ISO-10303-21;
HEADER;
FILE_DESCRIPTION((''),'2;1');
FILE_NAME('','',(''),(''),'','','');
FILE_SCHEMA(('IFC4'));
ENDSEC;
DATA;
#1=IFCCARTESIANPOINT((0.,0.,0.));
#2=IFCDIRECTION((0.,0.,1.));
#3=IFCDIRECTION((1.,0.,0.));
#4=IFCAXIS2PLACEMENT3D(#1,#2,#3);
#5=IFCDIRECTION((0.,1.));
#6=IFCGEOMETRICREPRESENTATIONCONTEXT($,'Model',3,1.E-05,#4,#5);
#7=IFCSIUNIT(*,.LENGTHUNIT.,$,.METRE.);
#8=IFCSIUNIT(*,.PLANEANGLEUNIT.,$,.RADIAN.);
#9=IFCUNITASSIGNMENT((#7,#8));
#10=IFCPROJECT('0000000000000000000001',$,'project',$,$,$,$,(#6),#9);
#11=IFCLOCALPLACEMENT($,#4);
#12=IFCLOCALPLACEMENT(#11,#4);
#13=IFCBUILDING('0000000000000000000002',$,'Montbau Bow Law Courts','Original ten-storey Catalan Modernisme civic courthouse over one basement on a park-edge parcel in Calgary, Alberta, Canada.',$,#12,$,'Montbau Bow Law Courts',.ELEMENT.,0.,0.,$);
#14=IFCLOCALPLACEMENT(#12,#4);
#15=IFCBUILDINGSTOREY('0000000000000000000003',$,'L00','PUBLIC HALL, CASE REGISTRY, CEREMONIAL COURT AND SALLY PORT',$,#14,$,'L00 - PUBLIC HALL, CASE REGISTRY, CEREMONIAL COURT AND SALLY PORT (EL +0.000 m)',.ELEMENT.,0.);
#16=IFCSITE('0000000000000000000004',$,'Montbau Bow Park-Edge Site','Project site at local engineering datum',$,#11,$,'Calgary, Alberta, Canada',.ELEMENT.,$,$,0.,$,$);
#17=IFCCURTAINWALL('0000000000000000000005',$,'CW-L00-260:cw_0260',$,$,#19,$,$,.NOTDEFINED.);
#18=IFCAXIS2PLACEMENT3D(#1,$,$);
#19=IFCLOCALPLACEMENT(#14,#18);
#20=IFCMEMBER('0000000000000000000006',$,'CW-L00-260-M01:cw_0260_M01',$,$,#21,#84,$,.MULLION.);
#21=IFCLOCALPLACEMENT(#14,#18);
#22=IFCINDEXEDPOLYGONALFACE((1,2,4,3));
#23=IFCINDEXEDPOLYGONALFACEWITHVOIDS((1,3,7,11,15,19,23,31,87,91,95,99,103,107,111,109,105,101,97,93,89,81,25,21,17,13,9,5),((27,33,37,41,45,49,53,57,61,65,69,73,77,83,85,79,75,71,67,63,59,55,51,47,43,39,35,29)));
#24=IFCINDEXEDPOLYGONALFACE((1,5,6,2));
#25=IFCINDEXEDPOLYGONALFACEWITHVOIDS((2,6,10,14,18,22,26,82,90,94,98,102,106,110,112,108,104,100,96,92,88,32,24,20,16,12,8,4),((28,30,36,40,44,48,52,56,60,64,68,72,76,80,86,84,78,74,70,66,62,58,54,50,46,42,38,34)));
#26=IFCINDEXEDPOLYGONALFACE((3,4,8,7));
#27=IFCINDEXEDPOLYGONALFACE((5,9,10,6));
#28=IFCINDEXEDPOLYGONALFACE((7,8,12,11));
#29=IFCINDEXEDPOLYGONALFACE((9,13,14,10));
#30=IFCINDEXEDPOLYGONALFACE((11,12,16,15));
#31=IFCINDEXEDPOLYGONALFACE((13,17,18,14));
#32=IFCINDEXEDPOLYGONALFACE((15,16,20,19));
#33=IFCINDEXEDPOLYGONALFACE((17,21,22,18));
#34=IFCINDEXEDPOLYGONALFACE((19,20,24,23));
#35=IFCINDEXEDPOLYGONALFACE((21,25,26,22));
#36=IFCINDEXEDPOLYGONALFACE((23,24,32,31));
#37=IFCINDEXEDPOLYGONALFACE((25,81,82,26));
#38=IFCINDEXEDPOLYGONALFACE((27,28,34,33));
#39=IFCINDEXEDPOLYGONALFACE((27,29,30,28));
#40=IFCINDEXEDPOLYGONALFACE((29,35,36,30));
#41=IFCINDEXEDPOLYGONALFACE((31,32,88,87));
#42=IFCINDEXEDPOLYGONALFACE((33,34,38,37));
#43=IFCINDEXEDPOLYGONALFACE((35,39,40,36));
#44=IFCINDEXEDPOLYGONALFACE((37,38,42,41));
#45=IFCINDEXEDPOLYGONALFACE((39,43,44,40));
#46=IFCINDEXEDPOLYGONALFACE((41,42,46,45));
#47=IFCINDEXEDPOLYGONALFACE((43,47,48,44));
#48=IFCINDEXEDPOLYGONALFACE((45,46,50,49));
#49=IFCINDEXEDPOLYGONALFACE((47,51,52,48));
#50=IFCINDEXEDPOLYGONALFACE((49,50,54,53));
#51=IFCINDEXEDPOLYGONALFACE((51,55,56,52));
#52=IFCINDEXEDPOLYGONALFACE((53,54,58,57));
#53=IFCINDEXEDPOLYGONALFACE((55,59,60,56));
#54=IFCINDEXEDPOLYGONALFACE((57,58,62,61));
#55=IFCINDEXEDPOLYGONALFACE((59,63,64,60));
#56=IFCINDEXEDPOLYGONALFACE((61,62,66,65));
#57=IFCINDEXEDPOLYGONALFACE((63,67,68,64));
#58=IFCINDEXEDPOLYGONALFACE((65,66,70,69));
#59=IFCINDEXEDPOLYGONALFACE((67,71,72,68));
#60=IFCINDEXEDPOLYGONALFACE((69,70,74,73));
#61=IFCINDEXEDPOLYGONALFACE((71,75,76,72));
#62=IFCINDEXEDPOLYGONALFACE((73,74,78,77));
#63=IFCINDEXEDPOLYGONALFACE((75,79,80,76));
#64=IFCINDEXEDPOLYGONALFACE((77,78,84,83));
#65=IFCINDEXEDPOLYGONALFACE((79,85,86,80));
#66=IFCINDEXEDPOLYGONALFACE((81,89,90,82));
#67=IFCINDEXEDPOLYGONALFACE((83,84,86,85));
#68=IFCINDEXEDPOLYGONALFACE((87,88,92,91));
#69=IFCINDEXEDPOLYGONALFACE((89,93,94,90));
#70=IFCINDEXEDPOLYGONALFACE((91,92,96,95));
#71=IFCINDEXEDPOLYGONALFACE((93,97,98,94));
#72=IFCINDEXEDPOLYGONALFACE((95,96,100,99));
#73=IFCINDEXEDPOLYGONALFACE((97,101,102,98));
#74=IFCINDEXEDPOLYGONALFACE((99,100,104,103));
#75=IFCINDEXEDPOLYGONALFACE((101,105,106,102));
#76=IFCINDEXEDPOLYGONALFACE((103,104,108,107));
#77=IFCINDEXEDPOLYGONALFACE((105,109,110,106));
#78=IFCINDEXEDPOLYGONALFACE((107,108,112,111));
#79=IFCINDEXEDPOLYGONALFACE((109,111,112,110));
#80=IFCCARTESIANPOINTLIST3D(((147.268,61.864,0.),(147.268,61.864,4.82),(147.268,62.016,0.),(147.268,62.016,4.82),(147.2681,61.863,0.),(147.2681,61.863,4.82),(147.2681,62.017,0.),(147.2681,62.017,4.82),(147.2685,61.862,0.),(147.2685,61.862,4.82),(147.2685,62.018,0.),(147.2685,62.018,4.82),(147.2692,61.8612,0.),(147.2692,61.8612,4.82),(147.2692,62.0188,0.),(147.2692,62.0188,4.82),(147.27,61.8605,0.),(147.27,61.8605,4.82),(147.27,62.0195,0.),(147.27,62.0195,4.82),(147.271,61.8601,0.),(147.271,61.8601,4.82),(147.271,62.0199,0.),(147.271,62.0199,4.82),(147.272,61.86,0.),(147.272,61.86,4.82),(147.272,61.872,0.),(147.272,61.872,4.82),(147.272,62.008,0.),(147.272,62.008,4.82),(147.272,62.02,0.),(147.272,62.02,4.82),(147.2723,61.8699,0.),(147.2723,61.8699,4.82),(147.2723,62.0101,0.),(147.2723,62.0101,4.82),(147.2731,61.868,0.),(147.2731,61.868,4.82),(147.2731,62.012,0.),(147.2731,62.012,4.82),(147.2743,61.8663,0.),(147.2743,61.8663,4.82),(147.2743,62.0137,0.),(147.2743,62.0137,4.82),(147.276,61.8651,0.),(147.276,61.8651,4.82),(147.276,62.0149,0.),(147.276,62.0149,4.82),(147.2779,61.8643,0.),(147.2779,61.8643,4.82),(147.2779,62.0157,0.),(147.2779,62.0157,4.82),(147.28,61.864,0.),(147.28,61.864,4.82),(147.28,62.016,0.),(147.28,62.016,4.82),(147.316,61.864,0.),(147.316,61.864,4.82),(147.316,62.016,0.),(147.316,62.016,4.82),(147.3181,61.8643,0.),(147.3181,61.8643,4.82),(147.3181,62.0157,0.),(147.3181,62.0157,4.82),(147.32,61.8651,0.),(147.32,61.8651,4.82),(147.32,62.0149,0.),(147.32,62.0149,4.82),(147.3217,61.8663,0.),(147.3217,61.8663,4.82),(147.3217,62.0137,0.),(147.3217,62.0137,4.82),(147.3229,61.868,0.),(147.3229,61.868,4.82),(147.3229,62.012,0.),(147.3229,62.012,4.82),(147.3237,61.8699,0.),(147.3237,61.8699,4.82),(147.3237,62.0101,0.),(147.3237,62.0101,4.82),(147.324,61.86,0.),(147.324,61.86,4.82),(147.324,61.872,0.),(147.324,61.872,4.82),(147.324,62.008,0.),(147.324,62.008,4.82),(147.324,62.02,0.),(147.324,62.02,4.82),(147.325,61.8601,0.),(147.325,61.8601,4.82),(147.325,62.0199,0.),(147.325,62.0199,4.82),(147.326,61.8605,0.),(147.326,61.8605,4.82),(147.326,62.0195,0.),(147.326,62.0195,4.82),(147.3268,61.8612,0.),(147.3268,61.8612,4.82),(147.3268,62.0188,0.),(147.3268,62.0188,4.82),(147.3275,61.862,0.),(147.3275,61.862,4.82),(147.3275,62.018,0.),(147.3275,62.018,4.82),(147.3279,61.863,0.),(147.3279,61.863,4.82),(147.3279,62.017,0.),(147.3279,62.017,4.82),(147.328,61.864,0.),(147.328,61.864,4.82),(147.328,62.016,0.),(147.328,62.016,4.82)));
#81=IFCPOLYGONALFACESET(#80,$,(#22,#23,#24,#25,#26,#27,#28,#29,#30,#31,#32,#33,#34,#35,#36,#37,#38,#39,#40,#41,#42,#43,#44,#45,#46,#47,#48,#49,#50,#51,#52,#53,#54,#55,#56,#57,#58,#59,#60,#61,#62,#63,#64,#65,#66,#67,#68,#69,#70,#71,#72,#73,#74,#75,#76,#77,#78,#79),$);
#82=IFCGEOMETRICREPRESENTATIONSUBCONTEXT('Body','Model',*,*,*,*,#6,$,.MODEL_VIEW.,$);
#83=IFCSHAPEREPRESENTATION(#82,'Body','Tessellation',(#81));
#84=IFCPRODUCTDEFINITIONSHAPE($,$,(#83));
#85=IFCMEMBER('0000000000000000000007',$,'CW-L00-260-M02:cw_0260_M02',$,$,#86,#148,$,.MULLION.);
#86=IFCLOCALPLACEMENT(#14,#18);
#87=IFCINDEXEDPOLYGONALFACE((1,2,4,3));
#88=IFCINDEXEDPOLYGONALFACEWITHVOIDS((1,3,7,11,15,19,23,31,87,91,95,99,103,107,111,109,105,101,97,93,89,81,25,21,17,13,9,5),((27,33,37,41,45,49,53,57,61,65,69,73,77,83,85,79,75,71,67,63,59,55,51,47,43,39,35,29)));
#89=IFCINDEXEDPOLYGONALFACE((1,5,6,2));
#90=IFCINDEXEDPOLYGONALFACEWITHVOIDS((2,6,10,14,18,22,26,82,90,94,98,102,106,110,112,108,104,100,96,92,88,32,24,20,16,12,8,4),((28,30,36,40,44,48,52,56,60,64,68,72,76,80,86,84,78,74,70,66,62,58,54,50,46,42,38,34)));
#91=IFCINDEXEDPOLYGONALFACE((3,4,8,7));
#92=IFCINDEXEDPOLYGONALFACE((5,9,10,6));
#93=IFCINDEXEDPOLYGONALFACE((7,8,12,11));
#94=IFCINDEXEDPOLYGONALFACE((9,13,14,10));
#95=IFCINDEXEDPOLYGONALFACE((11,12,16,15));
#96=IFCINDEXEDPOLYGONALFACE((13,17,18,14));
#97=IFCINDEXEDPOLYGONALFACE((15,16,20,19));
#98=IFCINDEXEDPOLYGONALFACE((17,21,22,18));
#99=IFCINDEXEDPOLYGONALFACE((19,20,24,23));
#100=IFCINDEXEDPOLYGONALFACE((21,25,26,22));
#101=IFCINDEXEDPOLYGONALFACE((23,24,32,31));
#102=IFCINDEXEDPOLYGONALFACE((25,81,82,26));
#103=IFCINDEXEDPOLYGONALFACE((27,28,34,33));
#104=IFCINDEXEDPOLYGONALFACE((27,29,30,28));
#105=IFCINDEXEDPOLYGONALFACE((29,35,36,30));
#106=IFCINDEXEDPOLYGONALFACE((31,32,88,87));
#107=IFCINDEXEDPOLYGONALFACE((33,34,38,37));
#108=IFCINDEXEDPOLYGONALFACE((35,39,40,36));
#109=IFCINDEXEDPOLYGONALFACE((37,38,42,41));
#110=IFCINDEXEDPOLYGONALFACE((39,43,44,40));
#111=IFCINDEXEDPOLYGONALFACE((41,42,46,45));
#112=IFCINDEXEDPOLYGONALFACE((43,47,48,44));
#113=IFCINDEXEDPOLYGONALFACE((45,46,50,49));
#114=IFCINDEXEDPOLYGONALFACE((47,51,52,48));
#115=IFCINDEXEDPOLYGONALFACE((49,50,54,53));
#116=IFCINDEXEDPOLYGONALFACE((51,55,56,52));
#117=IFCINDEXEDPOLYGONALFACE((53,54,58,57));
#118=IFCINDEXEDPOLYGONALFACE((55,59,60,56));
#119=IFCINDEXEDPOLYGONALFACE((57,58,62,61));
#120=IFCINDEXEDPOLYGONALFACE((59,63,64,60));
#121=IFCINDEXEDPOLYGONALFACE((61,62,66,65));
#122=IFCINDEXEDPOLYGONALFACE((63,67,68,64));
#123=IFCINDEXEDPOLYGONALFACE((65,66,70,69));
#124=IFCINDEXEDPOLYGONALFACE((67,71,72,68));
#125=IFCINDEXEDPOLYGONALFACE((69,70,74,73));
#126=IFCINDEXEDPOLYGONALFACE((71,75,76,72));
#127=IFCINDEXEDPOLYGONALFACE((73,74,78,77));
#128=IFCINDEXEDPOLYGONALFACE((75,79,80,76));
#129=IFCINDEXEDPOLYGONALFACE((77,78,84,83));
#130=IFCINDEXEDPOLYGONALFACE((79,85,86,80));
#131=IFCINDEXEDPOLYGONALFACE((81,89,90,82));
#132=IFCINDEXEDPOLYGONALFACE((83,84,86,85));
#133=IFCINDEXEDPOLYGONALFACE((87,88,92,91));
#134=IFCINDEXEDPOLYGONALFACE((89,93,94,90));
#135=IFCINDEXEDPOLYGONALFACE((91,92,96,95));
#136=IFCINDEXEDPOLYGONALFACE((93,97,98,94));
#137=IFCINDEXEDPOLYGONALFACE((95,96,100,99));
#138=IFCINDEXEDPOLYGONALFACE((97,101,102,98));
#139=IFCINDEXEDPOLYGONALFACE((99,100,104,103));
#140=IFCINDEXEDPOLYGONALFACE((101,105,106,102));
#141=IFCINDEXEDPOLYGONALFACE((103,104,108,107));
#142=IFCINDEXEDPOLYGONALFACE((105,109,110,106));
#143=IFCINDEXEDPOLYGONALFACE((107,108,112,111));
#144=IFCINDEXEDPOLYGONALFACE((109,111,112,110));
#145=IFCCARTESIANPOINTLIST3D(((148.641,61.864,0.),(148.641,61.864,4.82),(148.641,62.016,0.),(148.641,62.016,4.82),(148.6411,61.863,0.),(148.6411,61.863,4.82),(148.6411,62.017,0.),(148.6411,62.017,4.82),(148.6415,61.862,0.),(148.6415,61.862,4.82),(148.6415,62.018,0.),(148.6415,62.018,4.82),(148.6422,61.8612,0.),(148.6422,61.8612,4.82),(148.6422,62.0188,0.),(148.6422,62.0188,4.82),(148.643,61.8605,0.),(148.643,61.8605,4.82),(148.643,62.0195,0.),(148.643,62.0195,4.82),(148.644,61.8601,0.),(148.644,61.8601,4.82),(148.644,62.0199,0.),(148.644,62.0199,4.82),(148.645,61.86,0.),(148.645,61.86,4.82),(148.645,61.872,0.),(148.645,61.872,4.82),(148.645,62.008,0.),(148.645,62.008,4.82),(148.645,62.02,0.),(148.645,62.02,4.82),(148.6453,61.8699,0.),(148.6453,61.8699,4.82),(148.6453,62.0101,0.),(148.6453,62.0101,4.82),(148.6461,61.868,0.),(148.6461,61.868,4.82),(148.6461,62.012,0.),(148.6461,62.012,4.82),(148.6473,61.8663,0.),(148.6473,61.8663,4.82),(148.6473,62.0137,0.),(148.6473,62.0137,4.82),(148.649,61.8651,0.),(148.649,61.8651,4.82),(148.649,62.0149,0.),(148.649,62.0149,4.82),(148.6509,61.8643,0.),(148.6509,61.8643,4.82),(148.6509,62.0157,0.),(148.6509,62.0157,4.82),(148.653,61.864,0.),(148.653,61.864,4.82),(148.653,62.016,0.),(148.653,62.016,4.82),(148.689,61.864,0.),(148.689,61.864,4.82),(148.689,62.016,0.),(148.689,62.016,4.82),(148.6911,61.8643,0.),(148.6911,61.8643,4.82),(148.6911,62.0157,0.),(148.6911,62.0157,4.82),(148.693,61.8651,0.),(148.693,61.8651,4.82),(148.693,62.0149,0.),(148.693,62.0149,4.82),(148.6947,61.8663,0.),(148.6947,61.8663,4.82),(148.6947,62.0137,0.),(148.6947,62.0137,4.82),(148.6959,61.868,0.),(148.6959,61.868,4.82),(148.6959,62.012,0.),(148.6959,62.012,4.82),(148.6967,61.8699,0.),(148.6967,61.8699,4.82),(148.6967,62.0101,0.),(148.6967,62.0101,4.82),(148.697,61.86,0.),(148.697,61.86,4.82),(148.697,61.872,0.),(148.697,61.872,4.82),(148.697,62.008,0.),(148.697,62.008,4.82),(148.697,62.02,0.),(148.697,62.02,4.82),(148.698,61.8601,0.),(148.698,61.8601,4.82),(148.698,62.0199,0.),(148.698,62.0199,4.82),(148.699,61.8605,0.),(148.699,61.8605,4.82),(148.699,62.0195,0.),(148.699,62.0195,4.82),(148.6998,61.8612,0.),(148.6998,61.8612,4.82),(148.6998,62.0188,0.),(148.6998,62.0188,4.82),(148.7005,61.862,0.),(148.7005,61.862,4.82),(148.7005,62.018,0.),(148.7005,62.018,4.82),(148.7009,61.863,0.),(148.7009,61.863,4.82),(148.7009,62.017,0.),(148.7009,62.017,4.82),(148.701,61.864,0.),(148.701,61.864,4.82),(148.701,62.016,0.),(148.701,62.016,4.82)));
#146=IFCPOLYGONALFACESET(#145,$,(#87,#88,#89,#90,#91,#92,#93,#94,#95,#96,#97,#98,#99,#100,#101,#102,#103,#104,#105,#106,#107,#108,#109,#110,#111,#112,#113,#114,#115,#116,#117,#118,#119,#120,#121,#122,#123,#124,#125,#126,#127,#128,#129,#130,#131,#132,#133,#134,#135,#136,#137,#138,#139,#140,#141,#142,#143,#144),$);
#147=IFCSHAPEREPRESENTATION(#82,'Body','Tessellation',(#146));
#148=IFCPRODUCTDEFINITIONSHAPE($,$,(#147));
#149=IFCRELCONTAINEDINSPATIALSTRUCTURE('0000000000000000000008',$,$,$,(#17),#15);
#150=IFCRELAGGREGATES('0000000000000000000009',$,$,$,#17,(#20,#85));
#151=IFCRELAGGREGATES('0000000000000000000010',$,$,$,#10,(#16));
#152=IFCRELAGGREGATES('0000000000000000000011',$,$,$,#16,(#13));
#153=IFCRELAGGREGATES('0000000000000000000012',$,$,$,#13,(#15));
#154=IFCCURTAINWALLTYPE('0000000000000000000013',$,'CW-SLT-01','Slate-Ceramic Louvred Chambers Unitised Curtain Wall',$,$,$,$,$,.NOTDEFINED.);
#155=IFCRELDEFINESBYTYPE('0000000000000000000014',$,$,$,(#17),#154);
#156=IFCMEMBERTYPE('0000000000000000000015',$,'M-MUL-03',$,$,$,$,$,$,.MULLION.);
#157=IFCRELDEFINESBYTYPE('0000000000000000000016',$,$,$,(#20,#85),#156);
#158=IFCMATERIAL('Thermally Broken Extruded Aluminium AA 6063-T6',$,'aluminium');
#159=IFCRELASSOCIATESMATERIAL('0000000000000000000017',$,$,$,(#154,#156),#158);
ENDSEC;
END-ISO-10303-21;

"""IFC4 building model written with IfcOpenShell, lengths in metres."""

from ifc_helpers import new_model, si_unit, direction, frame, origin_with_axes, origin_2d_with_axis, place, context, subcontext, project, spatial, hollow_rectangle, extrude, material, material_profile, profile_set, type_object, element, aggregate, save


model = new_model("IFC4")

# Units and contexts
model_context = context("Model", 3, precision=1e-05, world=origin_with_axes(), true_north=direction((0.0, 1.0)))
body_context = subcontext(model_context, "Body", "Model", "MODEL_VIEW")
ifc_project = project(units=[si_unit("LENGTHUNIT", "METRE"), si_unit("PLANEANGLEUNIT", "RADIAN")], contexts=[model_context])

# Site, building, storey
site_placement = place(None, origin_with_axes())
site = spatial("IfcSite", under=ifc_project, at=site_placement, Name="Montbau Bow Park-Edge Site", Description="Project site at local engineering datum", LongName="Calgary, Alberta, Canada", CompositionType="ELEMENT", RefElevation=0.0)
building_placement = place(site_placement, origin_with_axes())
building = spatial("IfcBuilding", under=site, at=building_placement, Name="Montbau Bow Law Courts", Description="Original ten-storey Catalan Modernisme civic courthouse over one basement on a park-edge parcel in Calgary, Alberta, Canada.", LongName="Montbau Bow Law Courts", CompositionType="ELEMENT", ElevationOfRefHeight=0.0, ElevationOfTerrain=0.0)
storey_placement = place(building_placement, origin_with_axes())
storey = spatial("IfcBuildingStorey", under=building, at=storey_placement, Name="L00", Description="PUBLIC HALL, CASE REGISTRY, CEREMONIAL COURT AND SALLY PORT", LongName="L00 - PUBLIC HALL, CASE REGISTRY, CEREMONIAL COURT AND SALLY PORT (EL +0.000 m)", CompositionType="ELEMENT", Elevation=0.0)

# Curtain wall, members
ifc_material_1 = material(Name="Thermally Broken Extruded Aluminium AA 6063-T6", Category="aluminium")
curtain_wall_type = type_object("IfcCurtainWallType", Name="CW-SLT-01", Description="Slate-Ceramic Louvred Chambers Unitised Curtain Wall", PredefinedType="NOTDEFINED", material=ifc_material_1)
curtain_wall_placement = place(None, frame((147.268, 61.94, 0.0), z_axis=(0.0, 0.0, 1.0), x_axis=(1.0, 0.0, 0.0)))
curtain_wall = element("IfcCurtainWall", 1, at=curtain_wall_placement, inside=storey, type_object=curtain_wall_type, Name="CW-L00-260:cw_0260", PredefinedType="NOTDEFINED")
ifc_material_profile_1 = material_profile(ifc_material_1, hollow_rectangle(XDim=0.06, YDim=0.16, WallThickness=0.004, InnerFilletRadius=0.008, OuterFilletRadius=0.004, at=origin_2d_with_axis()), Name="CWM-160X60", Category="Main", Priority=0)
ifc_profile_set_1 = profile_set([ifc_material_profile_1], Name="Thermally Broken Extruded Aluminium AA 6063-T6")
member_type_1 = type_object("IfcMemberType", Name="M-MUL-03", PredefinedType="MULLION", material=ifc_profile_set_1)
member_1_placement = place(None, frame((147.298, 61.94, 0.0), z_axis=(0.0, 0.0, 1.0), x_axis=(1.0, 0.0, 0.0)))
member_1 = element("IfcMember", 2, at=member_1_placement, type_object=member_type_1, Name="CW-L00-260-M01:cw_0260_M01", PredefinedType="MULLION", context=body_context, shape_type="SweptSolid", body=[
    extrude(hollow_rectangle(XDim=0.06, YDim=0.16, WallThickness=0.004, InnerFilletRadius=0.008, OuterFilletRadius=0.004, at=origin_2d_with_axis()), origin_with_axes(), (0.0, 0.0, 1.0), 4.82),
])
member_2_placement = place(None, frame((148.671, 61.94, 0.0), z_axis=(0.0, 0.0, 1.0), x_axis=(1.0, 0.0, 0.0)))
member_2 = element("IfcMember", 3, at=member_2_placement, type_object=member_type_1, Name="CW-L00-260-M02:cw_0260_M02", PredefinedType="MULLION", context=body_context, shape_type="SweptSolid", body=[
    extrude(hollow_rectangle(XDim=0.06, YDim=0.16, WallThickness=0.004, InnerFilletRadius=0.008, OuterFilletRadius=0.004, at=origin_2d_with_axis()), origin_with_axes(), (0.0, 0.0, 1.0), 4.82),
])
aggregate(curtain_wall, [member_1, member_2])

save(model, "model.ifc")
